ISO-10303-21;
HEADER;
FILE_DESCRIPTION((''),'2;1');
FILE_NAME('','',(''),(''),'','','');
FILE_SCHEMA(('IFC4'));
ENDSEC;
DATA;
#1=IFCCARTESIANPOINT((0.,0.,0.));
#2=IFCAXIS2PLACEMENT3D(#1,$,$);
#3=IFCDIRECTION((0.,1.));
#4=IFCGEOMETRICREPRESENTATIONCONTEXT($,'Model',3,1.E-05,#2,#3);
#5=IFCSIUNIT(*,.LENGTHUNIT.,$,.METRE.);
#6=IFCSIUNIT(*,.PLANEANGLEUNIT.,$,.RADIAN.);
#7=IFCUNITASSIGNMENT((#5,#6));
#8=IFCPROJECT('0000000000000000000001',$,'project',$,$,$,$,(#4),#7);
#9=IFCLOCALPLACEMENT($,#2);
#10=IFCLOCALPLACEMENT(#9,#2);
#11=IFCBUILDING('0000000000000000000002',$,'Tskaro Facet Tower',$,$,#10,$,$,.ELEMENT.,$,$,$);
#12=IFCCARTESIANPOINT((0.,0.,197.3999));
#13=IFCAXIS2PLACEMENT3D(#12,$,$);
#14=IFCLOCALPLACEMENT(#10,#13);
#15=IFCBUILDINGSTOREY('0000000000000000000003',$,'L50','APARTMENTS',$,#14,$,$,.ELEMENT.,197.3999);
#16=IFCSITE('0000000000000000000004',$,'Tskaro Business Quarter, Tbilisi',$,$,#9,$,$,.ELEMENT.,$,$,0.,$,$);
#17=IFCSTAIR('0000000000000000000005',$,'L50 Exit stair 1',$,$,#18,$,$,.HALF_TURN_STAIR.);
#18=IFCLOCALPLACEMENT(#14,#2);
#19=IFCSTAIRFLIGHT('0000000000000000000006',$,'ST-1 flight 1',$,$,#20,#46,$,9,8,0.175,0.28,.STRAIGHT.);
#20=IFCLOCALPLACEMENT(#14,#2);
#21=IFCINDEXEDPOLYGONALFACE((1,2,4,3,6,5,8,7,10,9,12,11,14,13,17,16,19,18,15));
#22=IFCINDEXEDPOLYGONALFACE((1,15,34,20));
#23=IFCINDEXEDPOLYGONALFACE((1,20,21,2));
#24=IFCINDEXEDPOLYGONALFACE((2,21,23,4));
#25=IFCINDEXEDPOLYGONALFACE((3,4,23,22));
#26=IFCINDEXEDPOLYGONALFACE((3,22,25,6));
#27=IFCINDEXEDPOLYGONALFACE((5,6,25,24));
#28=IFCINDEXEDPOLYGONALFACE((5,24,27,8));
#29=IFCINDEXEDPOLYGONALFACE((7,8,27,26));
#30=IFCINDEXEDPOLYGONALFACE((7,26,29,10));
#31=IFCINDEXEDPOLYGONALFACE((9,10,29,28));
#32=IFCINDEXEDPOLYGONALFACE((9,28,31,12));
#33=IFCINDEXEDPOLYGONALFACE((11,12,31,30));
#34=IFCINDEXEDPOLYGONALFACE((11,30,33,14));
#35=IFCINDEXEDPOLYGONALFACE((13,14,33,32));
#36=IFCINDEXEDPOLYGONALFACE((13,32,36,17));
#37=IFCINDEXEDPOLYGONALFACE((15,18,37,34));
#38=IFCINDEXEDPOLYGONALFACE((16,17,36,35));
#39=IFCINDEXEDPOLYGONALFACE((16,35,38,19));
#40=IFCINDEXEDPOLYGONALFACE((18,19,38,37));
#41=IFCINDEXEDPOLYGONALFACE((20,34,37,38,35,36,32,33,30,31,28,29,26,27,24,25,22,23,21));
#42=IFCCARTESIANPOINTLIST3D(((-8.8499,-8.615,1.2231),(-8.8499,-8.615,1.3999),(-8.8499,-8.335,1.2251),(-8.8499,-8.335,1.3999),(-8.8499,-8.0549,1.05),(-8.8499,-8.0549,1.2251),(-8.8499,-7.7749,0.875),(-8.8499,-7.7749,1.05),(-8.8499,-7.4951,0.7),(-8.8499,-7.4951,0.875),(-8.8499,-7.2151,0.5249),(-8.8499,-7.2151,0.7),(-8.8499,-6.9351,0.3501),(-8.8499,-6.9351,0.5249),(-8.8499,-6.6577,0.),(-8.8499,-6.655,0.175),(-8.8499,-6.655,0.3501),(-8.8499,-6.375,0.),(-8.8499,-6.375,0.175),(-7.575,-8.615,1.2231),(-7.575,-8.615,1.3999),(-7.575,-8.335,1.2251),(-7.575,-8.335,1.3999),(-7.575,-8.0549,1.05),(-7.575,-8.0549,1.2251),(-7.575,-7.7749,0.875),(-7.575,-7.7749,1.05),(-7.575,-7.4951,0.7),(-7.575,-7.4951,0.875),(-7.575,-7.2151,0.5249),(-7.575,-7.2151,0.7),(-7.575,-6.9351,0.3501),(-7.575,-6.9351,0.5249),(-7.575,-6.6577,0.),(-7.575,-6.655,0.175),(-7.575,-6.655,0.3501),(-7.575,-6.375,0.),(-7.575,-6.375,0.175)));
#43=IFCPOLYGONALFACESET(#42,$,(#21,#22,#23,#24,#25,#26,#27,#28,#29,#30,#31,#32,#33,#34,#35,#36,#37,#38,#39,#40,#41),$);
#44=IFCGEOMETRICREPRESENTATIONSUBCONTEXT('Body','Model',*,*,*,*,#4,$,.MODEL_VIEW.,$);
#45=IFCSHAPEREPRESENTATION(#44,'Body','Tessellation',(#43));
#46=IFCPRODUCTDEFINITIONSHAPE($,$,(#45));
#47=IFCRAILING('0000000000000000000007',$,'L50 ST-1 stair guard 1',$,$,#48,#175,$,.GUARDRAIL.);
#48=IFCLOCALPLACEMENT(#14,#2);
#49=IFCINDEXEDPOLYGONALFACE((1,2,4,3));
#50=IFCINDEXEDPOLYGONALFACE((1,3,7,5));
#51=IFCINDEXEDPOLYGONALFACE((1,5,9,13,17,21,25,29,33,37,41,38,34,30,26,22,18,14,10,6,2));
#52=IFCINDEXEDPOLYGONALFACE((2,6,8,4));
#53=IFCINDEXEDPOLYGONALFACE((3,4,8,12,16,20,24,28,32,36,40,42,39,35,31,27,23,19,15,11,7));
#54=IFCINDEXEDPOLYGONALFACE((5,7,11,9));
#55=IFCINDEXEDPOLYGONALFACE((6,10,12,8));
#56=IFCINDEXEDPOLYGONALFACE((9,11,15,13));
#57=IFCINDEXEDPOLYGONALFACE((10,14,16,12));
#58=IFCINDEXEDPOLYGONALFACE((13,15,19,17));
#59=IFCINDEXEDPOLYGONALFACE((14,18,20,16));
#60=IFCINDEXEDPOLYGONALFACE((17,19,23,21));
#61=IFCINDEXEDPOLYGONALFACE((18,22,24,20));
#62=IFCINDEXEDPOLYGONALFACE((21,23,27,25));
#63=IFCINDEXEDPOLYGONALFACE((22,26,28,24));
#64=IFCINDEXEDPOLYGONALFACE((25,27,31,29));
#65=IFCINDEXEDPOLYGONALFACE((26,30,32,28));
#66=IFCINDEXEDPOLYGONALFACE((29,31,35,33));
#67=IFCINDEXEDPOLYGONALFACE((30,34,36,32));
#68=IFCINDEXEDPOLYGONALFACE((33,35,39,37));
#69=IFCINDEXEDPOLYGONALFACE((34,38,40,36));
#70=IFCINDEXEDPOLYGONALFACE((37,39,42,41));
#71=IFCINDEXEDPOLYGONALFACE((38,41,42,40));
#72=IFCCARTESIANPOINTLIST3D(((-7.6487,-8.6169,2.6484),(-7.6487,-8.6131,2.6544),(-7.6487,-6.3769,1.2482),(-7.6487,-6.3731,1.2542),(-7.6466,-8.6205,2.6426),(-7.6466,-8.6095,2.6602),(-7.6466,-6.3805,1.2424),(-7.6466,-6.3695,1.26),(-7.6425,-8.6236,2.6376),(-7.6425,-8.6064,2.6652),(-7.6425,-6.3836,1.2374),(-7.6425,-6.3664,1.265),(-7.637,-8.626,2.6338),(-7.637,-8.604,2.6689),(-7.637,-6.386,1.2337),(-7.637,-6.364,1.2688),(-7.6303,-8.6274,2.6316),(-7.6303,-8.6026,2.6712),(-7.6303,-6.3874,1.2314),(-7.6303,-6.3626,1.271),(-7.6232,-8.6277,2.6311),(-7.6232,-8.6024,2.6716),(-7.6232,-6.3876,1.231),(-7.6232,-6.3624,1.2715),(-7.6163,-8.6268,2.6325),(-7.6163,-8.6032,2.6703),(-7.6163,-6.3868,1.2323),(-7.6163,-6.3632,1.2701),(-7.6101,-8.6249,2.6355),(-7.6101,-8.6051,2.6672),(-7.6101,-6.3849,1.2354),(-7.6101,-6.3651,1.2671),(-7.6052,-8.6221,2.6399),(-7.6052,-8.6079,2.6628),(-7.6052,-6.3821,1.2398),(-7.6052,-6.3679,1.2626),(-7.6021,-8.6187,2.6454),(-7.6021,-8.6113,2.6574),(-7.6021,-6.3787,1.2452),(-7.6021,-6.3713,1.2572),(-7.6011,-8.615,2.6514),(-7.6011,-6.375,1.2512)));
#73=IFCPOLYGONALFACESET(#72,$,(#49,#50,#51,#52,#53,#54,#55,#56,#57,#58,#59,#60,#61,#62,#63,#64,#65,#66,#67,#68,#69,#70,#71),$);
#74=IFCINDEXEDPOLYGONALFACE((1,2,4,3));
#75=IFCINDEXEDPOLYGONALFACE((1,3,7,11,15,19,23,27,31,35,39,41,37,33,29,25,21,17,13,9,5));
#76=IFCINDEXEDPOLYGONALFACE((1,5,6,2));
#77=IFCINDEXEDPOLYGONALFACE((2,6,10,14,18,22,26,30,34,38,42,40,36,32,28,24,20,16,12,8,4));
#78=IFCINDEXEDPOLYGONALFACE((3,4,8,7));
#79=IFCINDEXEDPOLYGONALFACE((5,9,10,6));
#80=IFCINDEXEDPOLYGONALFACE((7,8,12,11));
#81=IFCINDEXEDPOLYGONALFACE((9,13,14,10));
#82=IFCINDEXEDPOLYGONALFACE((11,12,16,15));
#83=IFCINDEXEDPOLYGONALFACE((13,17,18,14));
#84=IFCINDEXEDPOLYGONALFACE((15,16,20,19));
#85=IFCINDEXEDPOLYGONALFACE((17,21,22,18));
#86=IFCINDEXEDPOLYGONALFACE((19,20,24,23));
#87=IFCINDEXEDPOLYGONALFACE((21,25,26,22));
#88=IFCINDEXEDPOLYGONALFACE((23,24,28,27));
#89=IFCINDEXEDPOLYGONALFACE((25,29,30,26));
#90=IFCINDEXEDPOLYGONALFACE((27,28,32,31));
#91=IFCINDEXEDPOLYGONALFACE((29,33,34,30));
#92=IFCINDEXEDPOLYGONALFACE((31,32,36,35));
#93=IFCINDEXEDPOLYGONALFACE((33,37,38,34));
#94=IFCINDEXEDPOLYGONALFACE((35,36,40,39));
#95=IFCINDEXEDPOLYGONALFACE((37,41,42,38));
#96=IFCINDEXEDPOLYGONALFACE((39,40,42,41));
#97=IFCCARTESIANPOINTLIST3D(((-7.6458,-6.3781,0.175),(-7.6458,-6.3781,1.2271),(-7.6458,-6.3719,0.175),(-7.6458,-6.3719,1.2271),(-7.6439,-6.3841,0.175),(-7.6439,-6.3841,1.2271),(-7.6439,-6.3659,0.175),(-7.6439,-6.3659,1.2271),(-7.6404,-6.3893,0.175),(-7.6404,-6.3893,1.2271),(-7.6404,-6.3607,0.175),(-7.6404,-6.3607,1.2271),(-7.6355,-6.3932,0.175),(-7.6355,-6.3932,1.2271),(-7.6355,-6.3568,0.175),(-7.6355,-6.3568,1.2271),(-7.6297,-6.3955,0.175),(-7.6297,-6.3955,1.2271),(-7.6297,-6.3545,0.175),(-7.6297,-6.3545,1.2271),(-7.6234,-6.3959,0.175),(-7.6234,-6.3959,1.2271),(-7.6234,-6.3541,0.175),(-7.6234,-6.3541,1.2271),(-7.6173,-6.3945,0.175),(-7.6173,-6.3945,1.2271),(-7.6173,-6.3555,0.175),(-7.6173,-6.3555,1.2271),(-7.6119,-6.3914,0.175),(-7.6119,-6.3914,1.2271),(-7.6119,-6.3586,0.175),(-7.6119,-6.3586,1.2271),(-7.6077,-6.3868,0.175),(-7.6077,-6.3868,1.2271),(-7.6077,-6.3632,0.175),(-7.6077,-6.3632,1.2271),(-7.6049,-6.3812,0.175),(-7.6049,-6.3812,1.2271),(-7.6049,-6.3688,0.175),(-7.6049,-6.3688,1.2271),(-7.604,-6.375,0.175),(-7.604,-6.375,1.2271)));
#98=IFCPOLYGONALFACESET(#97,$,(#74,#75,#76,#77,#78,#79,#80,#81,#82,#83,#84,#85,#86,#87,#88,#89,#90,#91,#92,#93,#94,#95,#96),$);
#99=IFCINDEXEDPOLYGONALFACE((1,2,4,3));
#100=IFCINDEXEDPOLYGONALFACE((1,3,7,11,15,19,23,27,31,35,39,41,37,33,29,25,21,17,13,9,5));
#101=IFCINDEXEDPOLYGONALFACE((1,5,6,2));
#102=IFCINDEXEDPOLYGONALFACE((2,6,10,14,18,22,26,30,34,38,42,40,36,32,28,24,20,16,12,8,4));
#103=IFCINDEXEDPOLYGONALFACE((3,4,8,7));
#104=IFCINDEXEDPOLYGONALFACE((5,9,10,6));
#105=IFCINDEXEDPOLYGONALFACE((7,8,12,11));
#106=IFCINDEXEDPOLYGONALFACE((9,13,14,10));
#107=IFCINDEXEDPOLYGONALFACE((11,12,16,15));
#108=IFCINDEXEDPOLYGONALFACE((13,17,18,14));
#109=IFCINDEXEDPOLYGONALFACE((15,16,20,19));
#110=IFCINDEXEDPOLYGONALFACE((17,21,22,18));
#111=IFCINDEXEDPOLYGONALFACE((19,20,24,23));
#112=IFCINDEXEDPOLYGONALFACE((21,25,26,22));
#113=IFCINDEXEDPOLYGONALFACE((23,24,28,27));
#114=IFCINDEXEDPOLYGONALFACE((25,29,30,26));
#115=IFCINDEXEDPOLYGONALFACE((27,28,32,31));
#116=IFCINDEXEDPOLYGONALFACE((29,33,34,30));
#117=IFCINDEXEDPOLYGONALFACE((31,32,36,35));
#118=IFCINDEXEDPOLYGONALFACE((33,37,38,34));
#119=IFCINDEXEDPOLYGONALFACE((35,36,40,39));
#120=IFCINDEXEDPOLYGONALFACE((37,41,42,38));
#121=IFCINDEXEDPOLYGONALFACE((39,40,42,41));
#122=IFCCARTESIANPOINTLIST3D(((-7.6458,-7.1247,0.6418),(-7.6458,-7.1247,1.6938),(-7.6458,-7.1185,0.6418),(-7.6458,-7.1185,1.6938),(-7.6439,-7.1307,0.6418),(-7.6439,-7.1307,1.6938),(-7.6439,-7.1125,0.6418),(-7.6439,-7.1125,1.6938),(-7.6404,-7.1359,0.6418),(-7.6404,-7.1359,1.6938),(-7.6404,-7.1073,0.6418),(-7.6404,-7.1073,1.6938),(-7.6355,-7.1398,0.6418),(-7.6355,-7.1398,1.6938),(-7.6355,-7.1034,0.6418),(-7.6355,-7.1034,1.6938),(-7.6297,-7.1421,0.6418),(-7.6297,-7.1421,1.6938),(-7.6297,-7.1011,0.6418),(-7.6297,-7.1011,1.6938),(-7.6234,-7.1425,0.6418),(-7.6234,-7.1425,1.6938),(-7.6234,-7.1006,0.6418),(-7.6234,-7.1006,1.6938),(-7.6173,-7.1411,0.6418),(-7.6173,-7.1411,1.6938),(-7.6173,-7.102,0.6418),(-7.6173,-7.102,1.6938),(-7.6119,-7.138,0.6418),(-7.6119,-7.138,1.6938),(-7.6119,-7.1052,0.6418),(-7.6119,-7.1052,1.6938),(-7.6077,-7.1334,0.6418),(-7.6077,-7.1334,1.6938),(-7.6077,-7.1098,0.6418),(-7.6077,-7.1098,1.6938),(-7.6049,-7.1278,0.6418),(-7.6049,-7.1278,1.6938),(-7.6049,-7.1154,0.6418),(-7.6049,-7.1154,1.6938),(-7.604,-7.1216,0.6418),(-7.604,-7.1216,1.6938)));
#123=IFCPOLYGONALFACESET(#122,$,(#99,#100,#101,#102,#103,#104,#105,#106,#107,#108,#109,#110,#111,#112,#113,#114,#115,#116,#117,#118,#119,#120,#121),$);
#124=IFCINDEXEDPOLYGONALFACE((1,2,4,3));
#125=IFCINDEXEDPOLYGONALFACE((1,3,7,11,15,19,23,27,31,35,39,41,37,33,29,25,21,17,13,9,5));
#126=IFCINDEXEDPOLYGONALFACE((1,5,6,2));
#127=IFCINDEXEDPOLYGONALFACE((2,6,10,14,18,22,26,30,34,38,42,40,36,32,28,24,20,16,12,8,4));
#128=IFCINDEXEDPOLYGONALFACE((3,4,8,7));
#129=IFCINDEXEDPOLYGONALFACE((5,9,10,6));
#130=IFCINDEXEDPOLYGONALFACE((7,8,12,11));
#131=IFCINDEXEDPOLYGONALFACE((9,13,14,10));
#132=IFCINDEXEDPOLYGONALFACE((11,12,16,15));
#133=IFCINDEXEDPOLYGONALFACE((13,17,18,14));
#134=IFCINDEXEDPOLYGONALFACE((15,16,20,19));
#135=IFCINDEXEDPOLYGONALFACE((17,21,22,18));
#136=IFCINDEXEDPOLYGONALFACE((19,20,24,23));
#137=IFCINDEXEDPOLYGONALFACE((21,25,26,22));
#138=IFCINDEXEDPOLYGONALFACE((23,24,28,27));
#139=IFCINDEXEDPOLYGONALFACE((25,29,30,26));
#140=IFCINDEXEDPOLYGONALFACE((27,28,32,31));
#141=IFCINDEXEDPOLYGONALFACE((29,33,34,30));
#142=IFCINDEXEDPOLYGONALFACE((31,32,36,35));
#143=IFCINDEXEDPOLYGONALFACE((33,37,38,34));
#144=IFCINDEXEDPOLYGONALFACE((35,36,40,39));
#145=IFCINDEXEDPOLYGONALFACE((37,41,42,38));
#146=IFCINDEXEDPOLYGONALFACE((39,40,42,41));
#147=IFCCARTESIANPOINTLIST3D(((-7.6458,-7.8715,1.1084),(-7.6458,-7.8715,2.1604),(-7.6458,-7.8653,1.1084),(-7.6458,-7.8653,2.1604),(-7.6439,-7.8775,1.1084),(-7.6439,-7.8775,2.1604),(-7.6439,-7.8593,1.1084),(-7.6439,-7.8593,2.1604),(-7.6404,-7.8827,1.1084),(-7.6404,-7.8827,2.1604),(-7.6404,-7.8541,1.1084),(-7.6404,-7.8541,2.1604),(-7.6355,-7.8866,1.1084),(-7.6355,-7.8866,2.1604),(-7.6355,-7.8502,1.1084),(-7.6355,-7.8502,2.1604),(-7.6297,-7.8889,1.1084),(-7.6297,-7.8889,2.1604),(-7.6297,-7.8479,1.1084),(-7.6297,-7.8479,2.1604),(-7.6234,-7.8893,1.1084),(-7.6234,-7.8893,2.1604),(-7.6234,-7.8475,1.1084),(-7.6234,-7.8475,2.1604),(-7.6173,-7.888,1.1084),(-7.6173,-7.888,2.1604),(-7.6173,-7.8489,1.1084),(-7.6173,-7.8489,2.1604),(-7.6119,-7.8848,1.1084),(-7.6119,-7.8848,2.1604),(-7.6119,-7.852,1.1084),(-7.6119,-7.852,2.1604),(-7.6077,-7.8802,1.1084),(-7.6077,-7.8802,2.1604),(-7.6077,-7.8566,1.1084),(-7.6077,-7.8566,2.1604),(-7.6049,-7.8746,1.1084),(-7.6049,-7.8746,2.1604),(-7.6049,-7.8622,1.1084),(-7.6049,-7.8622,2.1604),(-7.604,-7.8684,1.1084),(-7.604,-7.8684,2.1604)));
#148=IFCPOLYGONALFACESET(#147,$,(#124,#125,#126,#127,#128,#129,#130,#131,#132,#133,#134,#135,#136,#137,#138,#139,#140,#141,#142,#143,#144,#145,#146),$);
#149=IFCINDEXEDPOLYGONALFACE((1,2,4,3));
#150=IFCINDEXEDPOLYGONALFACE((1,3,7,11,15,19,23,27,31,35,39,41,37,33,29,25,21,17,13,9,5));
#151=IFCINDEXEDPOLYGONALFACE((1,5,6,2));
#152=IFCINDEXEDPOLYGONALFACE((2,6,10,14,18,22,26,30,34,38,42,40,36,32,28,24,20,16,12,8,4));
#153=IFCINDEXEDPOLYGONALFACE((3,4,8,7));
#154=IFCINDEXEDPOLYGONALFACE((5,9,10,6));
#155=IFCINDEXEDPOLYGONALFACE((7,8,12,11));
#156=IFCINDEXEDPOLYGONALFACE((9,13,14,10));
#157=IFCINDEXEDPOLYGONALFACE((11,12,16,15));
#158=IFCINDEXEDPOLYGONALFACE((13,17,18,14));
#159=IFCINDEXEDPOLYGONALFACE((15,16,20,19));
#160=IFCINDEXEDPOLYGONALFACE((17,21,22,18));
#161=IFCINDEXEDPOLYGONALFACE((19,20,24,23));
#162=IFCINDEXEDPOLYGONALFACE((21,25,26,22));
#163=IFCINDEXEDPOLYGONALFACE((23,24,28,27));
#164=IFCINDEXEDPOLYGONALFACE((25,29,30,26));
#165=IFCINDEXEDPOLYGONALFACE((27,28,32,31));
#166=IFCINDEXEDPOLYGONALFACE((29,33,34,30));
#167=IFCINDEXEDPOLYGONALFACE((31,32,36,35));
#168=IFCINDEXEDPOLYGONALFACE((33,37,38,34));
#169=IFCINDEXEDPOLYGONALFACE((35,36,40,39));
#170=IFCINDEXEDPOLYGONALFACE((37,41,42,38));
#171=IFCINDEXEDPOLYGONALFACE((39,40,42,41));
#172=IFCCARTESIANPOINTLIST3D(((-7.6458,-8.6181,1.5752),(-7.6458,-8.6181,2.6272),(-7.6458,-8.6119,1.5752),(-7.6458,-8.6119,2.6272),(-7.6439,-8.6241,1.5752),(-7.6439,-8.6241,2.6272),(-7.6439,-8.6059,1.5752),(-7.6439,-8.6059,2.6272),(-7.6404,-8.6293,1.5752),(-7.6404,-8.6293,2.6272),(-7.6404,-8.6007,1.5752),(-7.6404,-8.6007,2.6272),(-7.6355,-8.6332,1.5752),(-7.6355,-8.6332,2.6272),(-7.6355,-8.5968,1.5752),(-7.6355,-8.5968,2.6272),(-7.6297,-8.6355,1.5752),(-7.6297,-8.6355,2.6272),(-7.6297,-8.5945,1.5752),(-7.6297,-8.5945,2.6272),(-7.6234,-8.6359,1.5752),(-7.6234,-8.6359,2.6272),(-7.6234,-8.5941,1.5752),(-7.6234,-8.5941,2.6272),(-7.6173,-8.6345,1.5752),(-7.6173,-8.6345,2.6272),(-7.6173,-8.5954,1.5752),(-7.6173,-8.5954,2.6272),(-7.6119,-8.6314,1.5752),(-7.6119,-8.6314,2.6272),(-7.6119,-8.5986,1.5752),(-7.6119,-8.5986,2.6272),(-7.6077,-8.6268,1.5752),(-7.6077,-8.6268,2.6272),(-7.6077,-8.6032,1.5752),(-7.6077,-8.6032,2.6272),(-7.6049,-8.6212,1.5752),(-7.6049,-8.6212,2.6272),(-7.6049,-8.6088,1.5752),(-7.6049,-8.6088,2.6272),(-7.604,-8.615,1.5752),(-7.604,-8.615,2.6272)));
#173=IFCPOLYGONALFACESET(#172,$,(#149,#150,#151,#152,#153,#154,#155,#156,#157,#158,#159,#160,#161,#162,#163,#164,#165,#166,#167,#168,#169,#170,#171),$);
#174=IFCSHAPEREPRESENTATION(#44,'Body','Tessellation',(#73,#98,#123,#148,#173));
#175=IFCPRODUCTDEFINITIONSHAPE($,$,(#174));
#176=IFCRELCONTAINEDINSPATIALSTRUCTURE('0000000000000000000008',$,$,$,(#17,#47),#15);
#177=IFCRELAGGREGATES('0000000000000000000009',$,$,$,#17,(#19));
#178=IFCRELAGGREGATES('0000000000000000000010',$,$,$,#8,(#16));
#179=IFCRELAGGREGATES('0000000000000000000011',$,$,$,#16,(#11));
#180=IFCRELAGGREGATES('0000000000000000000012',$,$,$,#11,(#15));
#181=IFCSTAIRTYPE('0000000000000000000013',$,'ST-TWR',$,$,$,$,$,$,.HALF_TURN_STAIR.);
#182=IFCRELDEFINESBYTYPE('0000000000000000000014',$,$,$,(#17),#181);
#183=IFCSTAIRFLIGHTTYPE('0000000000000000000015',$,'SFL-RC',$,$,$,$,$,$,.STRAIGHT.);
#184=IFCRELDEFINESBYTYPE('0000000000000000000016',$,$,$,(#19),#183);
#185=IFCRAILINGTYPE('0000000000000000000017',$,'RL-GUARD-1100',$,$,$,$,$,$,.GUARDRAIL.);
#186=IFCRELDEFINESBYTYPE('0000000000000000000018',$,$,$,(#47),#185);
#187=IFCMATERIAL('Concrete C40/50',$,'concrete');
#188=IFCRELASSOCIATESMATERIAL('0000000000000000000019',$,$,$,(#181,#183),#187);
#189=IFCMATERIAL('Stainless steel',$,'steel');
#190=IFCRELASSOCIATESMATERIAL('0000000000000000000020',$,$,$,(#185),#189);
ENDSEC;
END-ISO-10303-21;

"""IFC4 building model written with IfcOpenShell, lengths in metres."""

from ifc_helpers import new_model, si_unit, direction, frame, origin, origin_2d, place, context, subcontext, project, spatial, polyline, circle, outline, extrude, material, type_object, element, aggregate, save


model = new_model("IFC4")

# Units and contexts
model_context = context("Model", 3, precision=1e-05, world=origin(), true_north=direction((0.0, 1.0)))
body_context = subcontext(model_context, "Body", "Model", "MODEL_VIEW")
ifc_project = project(units=[si_unit("LENGTHUNIT", "METRE"), si_unit("PLANEANGLEUNIT", "RADIAN")], contexts=[model_context])

# Site, building, storey
site_placement = place(None, origin())
site = spatial("IfcSite", under=ifc_project, at=site_placement, Name="Tskaro Business Quarter, Tbilisi", CompositionType="ELEMENT", RefElevation=0.0)
building_placement = place(site_placement, origin())
building = spatial("IfcBuilding", under=site, at=building_placement, Name="Tskaro Facet Tower", CompositionType="ELEMENT")
storey_placement = place(building_placement, frame((0.0, 0.0, 197.3999)))
storey = spatial("IfcBuildingStorey", under=building, at=storey_placement, Name="L50", Description="APARTMENTS", CompositionType="ELEMENT", Elevation=197.3999)

# Shared definitions
ifc_material_1 = material(Name="Stainless steel", Category="steel")

# Stair, stair flight
ifc_material_2 = material(Name="Concrete C40/50", Category="concrete")
stair_type = type_object("IfcStairType", Name="ST-TWR", PredefinedType="HALF_TURN_STAIR", material=ifc_material_2)
stair_placement = place(storey_placement, origin())
stair = element("IfcStair", 1, at=stair_placement, inside=storey, type_object=stair_type, Name="L50 Exit stair 1", PredefinedType="HALF_TURN_STAIR")
stair_flight_type = type_object("IfcStairFlightType", Name="SFL-RC", PredefinedType="STRAIGHT", material=ifc_material_2)
stair_flight_placement = place(storey_placement, frame((-8.2124, -6.375, 0.0), z_axis=(0.0, 0.0, 1.0), x_axis=(0.0, -1.0, 0.0)))
stair_flight = element("IfcStairFlight", 2, at=stair_flight_placement, type_object=stair_flight_type, Name="ST-1 flight 1", NumberOfRisers=9, NumberOfTreads=8, PredefinedType="STRAIGHT", RiserHeight=0.175, TreadLength=0.28, context=body_context, shape_type="SweptSolid", body=[
    extrude(outline(polyline([(0.0, 0.0), (0.0, 0.175), (0.28, 0.175), (0.28, 0.3501), (0.5601, 0.3501), (0.5601, 0.5249), (0.8401, 0.5249), (0.8401, 0.7), (1.1201, 0.7), (1.1201, 0.875), (1.3999, 0.875), (1.3999, 1.05), (1.6799, 1.05), (1.6799, 1.2251), (1.96, 1.2251), (1.96, 1.3999), (2.24, 1.3999), (2.24, 1.575), (2.24, 1.2231), (0.2827, 0.0), (0.0, 0.0)])), frame((0.0, 0.6375, 0.0), z_axis=(0.0, -1.0, 0.0), x_axis=(1.0, 0.0, 0.0)), (0.0, 0.0, 1.0), 1.2749),
])
aggregate(stair, [stair_flight])

# Railing
railing_type_1 = type_object("IfcRailingType", Name="RL-GUARD-1100", PredefinedType="GUARDRAIL", material=ifc_material_1)
railing_1_placement = place(storey_placement, frame((-7.625, -6.375, 0.175)))
element("IfcRailing", 3, at=railing_1_placement, inside=storey, type_object=railing_type_1, Name="L50 ST-1 stair guard 1", PredefinedType="GUARDRAIL", context=body_context, shape_type="SweptSolid", body=[
    extrude(circle(Radius=0.0239, at=origin_2d()), frame((0.0, 0.0, 1.0762), z_axis=(0.0, -0.847972, 0.53004), x_axis=(1.0, 0.0, 0.0)), (0.0, 0.0, 1.0), 2.6416),
    extrude(circle(Radius=0.021, at=origin_2d()), origin(), (0.0, 0.0, 1.0), 1.052),
    extrude(circle(Radius=0.021, at=origin_2d()), frame((0.0, -0.7466, 0.4668)), (0.0, 0.0, 1.0), 1.052),
    extrude(circle(Radius=0.021, at=origin_2d()), frame((0.0, -1.4934, 0.9333)), (0.0, 0.0, 1.0), 1.052),
    extrude(circle(Radius=0.021, at=origin_2d()), frame((0.0, -2.24, 1.4001)), (0.0, 0.0, 1.0), 1.052),
])

save(model, "model.ifc")
